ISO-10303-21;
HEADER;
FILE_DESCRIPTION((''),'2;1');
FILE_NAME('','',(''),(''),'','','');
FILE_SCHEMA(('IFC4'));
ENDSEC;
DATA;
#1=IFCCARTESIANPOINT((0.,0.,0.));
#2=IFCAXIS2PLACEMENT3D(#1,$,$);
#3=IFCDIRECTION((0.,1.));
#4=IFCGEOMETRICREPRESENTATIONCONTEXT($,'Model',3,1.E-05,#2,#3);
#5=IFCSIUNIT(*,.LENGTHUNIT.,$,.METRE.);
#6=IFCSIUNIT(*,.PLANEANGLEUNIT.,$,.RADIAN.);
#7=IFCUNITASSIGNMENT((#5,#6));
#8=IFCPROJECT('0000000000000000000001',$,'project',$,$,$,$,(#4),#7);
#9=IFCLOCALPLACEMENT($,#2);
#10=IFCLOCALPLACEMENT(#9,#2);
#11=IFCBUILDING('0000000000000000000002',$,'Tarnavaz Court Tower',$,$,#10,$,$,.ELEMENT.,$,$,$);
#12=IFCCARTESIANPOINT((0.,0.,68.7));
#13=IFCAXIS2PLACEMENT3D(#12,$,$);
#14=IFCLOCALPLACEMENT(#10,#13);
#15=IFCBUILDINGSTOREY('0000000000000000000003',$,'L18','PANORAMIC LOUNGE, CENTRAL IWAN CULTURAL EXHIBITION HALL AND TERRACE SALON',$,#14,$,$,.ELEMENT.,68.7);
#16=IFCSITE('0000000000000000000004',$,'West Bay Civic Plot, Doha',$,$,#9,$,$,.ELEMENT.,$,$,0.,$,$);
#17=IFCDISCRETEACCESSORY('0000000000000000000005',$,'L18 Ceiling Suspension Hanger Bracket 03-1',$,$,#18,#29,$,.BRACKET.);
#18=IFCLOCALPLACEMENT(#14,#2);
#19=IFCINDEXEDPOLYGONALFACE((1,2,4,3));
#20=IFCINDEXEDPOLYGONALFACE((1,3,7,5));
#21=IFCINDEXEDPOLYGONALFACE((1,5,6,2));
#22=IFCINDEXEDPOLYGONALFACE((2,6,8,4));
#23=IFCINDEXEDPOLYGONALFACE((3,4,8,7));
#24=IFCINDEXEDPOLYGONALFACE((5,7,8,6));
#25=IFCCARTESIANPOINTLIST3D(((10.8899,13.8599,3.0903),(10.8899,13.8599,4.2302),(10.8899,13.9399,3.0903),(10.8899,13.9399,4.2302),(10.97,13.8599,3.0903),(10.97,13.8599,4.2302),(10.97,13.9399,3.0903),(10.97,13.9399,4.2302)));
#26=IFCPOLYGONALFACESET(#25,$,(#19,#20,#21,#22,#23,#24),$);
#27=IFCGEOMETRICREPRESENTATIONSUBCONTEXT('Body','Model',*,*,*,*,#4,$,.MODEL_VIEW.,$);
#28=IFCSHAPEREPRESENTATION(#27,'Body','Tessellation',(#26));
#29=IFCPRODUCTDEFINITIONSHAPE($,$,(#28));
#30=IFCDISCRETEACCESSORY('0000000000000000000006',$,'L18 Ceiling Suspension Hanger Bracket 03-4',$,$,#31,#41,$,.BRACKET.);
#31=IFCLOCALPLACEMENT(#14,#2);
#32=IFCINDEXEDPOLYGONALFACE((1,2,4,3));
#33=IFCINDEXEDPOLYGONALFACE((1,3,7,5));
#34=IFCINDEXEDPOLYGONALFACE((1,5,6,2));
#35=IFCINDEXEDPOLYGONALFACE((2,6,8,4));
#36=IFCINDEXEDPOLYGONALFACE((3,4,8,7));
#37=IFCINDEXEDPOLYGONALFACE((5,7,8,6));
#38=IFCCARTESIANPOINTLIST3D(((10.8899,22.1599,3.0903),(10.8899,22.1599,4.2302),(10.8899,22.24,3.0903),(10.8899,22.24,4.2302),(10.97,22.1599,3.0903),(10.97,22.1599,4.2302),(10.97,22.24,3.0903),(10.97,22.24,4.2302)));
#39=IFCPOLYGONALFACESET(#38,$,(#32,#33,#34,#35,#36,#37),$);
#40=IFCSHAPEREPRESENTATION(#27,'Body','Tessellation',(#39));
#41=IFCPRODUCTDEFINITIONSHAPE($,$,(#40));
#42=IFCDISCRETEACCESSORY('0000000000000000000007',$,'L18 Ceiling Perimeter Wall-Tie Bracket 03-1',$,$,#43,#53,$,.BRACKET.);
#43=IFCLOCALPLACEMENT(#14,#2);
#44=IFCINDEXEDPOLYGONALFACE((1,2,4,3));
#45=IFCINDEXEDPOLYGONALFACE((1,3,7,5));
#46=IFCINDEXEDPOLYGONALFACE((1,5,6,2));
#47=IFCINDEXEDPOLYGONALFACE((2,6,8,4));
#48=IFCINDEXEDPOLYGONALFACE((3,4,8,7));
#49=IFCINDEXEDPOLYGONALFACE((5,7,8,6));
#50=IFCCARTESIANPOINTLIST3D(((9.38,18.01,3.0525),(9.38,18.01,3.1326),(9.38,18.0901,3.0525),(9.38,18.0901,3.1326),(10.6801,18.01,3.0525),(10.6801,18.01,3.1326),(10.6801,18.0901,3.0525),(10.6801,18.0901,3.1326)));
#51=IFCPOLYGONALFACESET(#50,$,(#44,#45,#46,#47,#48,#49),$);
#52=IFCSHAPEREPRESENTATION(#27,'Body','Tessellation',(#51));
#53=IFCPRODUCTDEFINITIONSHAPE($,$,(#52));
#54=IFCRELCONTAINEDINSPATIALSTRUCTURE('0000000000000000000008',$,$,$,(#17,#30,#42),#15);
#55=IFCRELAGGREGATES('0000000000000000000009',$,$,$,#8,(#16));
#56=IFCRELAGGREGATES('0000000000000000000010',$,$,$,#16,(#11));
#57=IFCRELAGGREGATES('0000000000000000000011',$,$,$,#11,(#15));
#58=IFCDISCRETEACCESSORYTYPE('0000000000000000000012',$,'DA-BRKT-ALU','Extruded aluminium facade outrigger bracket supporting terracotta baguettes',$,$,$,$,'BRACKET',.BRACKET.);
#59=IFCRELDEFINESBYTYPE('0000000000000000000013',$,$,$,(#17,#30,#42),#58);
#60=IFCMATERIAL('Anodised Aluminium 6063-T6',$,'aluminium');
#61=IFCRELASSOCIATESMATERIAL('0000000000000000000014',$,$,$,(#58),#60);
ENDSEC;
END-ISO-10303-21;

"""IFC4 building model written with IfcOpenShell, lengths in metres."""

from ifc_helpers import new_model, si_unit, direction, frame, origin, origin_2d, place, context, subcontext, project, spatial, rectangle, extrude, material, type_object, element, save


model = new_model("IFC4")

# Units and contexts
model_context = context("Model", 3, precision=1e-05, world=origin(), true_north=direction((0.0, 1.0)))
body_context = subcontext(model_context, "Body", "Model", "MODEL_VIEW")
ifc_project = project(units=[si_unit("LENGTHUNIT", "METRE"), si_unit("PLANEANGLEUNIT", "RADIAN")], contexts=[model_context])

# Site, building, storey
site_placement = place(None, origin())
site = spatial("IfcSite", under=ifc_project, at=site_placement, Name="West Bay Civic Plot, Doha", CompositionType="ELEMENT", RefElevation=0.0)
building_placement = place(site_placement, origin())
building = spatial("IfcBuilding", under=site, at=building_placement, Name="Tarnavaz Court Tower", CompositionType="ELEMENT")
storey_placement = place(building_placement, frame((0.0, 0.0, 68.7)))
storey = spatial("IfcBuildingStorey", under=building, at=storey_placement, Name="L18", Description="PANORAMIC LOUNGE, CENTRAL IWAN CULTURAL EXHIBITION HALL AND TERRACE SALON", CompositionType="ELEMENT", Elevation=68.7)

# Shared definitions
ifc_material_1 = material(Name="Anodised Aluminium 6063-T6", Category="aluminium")

# Discrete accessories
discrete_accessory_type = type_object("IfcDiscreteAccessoryType", Name="DA-BRKT-ALU", Description="Extruded aluminium facade outrigger bracket supporting terracotta baguettes", ElementType="BRACKET", PredefinedType="BRACKET", material=ifc_material_1)
for number, where, z_axis, x_axis, name in (
    (1, (10.9299, 13.8999, 3.0903), (0.0, 0.0, 1.0), (1.0, 0.0, 0.0), "L18 Ceiling Suspension Hanger Bracket 03-1"),
    (2, (10.9299, 22.2, 3.0903), (0.0, 0.0, 1.0), (1.0, 0.0, 0.0), "L18 Ceiling Suspension Hanger Bracket 03-4"),
):
    element("IfcDiscreteAccessory", number, at=place(storey_placement, frame(where, z_axis=z_axis, x_axis=x_axis)), inside=storey, type_object=discrete_accessory_type, Name=name, PredefinedType="BRACKET", context=body_context, shape_type="SweptSolid", body=[
        extrude(rectangle(XDim=0.0801, YDim=0.0801, at=origin_2d()), origin(), (0.0, 0.0, 1.0), 1.1399),
    ])
discrete_accessory_1_placement = place(storey_placement, frame((10.03, 18.05, 3.0525), z_axis=(0.0, 0.0, 1.0), x_axis=(1.0, 0.0, 0.0)))
element("IfcDiscreteAccessory", 3, at=discrete_accessory_1_placement, inside=storey, type_object=discrete_accessory_type, Name="L18 Ceiling Perimeter Wall-Tie Bracket 03-1", PredefinedType="BRACKET", context=body_context, shape_type="SweptSolid", body=[
    extrude(rectangle(XDim=1.3, YDim=0.0801, at=origin_2d()), origin(), (0.0, 0.0, 1.0), 0.0801),
])

save(model, "model.ifc")
